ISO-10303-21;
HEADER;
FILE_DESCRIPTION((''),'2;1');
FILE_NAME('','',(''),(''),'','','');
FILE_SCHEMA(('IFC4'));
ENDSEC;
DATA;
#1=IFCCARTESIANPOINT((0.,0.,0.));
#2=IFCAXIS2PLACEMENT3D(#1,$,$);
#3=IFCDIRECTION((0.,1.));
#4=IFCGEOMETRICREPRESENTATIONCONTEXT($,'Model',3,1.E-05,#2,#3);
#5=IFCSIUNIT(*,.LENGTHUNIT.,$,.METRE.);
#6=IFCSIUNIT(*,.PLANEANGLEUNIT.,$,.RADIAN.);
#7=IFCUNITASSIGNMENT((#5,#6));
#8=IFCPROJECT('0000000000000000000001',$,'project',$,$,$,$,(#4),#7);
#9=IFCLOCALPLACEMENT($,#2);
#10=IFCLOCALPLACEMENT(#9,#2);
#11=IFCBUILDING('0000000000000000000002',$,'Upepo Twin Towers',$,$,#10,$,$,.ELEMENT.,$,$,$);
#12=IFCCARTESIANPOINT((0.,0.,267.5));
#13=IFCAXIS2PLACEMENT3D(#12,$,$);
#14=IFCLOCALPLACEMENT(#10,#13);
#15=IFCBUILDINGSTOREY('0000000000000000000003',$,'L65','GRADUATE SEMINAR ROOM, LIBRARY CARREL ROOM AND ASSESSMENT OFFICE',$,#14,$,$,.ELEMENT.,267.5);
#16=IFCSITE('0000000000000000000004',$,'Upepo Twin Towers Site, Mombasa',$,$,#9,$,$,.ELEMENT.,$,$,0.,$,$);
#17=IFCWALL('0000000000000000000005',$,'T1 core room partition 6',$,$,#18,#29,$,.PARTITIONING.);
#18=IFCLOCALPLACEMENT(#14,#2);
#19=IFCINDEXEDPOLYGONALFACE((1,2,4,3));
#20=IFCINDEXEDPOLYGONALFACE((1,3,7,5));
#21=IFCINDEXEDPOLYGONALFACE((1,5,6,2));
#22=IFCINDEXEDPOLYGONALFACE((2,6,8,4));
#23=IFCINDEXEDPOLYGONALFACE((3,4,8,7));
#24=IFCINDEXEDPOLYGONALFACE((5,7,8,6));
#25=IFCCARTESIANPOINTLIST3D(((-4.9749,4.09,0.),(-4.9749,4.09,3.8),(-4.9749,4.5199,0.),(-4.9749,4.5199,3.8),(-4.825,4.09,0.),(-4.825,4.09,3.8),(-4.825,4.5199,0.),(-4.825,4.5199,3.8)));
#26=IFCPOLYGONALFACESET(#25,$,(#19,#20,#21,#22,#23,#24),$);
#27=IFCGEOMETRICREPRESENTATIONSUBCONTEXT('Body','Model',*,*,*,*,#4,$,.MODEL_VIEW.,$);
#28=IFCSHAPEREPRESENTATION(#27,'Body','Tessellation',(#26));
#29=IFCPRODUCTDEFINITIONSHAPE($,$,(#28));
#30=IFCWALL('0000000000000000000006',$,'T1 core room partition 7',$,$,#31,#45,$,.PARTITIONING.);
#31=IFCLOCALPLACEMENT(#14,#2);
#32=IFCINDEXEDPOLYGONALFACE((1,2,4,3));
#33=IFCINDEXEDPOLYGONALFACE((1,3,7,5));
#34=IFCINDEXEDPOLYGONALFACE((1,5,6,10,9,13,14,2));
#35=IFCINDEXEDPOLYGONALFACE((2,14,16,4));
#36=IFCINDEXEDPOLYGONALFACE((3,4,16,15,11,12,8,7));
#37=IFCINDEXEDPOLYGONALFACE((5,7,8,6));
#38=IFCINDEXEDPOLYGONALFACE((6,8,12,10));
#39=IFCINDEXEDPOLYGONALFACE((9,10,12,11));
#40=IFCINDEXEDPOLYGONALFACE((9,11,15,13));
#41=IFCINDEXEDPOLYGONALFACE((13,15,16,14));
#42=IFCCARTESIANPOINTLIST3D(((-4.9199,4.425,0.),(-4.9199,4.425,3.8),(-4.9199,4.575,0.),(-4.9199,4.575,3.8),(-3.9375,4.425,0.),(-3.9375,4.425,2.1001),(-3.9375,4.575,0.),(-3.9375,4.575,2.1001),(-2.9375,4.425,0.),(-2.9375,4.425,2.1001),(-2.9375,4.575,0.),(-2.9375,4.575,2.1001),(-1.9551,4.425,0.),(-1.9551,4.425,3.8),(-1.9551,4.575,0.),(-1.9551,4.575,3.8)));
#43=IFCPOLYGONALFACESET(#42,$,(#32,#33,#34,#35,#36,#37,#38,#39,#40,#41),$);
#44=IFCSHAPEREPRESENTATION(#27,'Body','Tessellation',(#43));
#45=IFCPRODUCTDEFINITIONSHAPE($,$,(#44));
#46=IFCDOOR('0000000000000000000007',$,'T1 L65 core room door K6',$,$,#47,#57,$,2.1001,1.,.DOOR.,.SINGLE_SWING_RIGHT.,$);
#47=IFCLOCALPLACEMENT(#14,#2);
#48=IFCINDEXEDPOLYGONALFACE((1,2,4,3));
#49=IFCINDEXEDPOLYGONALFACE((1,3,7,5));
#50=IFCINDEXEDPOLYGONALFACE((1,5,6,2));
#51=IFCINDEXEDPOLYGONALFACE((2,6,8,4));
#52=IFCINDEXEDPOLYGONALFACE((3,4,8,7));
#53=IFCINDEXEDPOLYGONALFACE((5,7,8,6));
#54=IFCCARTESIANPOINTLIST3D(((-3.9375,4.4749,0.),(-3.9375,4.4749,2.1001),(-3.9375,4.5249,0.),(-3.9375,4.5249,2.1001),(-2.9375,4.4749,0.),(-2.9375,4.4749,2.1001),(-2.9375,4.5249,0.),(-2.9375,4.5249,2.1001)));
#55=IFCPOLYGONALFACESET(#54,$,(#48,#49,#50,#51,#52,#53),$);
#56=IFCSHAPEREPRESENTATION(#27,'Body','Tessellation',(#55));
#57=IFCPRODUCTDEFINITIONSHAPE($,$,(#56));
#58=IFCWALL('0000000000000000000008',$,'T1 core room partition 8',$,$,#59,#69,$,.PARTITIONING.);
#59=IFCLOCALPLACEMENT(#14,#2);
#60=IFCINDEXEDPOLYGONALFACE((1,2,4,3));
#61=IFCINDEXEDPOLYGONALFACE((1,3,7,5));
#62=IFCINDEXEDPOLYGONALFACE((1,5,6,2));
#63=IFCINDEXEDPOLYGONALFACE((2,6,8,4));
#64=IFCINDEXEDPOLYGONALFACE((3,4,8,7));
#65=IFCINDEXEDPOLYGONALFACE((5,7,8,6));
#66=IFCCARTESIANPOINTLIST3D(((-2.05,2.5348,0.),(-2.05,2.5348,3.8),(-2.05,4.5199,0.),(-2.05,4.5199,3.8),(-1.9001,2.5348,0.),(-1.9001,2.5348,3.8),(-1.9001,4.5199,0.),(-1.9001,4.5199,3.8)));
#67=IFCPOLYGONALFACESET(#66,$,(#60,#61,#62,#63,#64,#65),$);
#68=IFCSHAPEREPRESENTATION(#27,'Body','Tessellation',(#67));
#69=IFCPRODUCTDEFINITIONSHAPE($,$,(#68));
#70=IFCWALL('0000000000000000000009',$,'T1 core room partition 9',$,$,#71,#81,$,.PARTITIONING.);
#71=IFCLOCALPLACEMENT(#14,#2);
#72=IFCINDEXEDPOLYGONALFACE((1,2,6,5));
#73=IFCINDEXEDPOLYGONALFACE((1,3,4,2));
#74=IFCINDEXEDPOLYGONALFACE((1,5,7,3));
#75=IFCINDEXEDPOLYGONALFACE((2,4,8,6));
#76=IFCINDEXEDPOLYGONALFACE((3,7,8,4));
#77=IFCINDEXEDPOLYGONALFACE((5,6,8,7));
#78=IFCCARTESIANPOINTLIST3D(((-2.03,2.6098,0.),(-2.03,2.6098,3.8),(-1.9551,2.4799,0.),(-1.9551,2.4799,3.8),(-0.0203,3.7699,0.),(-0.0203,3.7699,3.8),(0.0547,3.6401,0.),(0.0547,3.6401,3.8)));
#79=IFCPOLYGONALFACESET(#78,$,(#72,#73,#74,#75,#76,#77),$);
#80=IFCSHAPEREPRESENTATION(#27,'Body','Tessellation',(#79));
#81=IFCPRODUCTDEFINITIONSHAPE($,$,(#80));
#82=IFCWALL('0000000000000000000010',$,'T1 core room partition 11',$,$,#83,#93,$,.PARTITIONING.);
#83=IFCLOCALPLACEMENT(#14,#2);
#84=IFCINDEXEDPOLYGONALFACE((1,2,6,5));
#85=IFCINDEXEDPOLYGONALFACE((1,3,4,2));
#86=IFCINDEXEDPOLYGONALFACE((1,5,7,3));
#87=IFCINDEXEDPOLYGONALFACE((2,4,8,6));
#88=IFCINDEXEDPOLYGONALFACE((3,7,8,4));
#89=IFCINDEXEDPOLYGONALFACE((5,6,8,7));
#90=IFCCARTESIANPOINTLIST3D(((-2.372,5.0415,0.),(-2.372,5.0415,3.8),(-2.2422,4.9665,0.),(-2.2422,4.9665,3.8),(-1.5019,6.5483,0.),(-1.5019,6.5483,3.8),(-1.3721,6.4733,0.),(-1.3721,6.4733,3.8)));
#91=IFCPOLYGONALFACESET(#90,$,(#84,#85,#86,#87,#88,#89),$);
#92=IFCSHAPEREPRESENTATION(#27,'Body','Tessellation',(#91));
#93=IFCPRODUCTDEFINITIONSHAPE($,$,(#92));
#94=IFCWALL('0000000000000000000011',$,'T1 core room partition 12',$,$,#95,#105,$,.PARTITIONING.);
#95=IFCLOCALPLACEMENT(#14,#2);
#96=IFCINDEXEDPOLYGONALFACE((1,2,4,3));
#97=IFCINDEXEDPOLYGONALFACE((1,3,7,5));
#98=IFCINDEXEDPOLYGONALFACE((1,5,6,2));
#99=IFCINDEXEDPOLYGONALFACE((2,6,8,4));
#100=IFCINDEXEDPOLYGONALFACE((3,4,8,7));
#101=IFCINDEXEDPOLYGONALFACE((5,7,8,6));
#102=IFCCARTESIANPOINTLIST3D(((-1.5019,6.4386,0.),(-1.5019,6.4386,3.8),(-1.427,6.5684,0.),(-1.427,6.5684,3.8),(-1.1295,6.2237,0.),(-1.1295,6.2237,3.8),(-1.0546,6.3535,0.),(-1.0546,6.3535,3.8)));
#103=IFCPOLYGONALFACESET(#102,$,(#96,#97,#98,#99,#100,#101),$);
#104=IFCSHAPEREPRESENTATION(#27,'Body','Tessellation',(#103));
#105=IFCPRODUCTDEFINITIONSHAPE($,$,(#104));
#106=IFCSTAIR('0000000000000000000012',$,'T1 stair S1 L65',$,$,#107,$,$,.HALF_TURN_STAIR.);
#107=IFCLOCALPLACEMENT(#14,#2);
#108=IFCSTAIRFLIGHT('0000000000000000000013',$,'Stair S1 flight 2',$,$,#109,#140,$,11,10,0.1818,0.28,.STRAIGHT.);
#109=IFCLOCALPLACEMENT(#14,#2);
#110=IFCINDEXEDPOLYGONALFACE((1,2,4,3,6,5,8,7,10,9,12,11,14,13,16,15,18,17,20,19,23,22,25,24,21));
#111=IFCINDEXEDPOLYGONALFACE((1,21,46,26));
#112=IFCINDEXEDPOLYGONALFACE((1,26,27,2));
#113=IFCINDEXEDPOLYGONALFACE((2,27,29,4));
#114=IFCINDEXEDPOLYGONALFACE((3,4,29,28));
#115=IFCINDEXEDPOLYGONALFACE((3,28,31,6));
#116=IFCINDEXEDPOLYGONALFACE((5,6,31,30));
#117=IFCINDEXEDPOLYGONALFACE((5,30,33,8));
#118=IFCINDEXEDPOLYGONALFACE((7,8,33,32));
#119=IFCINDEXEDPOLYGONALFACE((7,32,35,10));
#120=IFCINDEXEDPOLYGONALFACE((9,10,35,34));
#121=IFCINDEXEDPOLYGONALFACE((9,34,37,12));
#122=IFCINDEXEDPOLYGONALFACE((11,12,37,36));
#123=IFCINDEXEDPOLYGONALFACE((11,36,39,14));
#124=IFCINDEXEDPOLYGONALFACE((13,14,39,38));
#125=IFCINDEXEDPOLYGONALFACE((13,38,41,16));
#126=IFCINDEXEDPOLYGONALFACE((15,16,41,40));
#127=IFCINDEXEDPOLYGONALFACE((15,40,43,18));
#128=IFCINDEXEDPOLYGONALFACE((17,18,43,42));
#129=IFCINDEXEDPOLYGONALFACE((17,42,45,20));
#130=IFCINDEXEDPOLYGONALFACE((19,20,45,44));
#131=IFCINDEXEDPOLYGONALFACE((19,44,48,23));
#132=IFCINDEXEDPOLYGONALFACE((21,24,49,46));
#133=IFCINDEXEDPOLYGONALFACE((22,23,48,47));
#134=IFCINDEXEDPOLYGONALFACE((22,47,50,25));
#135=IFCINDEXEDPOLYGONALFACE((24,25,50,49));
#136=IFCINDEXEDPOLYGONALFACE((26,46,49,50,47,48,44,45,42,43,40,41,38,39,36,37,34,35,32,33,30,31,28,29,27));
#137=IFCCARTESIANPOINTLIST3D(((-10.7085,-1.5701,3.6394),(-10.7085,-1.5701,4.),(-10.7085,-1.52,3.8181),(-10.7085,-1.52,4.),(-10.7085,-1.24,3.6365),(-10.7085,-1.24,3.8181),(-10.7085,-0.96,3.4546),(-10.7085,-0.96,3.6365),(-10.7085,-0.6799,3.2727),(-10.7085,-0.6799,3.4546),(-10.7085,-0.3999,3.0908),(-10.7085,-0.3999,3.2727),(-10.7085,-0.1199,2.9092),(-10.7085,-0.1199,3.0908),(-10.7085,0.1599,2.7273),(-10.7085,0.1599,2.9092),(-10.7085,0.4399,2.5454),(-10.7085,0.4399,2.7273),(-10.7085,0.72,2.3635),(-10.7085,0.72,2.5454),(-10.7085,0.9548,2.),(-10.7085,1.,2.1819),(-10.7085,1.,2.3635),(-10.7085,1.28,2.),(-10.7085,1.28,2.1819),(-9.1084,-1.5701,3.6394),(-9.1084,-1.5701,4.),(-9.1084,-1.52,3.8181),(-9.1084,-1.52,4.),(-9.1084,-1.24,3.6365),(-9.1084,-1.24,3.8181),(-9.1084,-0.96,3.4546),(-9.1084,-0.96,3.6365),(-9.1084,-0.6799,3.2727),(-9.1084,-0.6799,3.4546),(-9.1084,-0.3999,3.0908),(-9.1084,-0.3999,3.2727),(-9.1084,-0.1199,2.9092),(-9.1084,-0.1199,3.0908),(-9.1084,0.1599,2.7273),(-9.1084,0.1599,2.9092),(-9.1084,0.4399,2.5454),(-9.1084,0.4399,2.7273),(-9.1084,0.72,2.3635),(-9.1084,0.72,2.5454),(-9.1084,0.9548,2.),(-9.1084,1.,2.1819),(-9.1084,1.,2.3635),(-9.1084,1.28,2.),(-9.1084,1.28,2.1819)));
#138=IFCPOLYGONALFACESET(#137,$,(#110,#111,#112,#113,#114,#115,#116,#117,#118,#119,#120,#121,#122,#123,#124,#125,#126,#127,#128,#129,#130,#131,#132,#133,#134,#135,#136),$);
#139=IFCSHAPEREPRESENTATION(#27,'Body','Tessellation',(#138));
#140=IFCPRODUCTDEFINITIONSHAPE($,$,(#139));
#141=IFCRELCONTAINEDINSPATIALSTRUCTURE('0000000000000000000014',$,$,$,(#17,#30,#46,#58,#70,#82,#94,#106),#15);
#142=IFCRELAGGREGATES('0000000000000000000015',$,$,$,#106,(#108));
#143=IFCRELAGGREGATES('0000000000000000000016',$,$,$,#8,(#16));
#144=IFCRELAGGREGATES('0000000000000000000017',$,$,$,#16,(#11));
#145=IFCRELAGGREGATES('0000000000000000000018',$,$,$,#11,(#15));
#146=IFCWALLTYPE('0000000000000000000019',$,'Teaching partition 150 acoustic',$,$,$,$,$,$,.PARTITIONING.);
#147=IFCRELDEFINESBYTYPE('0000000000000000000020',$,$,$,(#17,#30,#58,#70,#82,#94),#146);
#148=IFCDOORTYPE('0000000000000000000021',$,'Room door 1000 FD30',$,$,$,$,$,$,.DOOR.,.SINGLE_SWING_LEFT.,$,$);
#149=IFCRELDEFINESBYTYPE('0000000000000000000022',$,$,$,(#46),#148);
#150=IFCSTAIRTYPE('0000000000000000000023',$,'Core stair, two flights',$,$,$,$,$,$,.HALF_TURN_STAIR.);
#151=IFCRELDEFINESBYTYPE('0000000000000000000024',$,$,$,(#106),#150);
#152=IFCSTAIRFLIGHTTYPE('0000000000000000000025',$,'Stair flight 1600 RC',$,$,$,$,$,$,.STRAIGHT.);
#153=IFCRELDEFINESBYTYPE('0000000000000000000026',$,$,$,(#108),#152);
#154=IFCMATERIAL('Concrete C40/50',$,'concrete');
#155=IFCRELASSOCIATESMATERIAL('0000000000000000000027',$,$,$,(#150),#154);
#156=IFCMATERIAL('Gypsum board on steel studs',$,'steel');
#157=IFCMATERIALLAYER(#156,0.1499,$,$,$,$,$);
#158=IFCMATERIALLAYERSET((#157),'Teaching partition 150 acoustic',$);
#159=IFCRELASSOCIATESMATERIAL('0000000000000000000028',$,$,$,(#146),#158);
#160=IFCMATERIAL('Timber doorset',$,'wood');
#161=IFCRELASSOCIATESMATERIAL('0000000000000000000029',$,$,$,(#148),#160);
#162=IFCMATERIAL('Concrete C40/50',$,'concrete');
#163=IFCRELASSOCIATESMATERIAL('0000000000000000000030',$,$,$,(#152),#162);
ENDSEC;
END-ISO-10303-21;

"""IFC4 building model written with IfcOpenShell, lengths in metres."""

from ifc_helpers import new_model, si_unit, direction, frame, frame_2d, origin, place, context, subcontext, project, spatial, polyline, rectangle, outline, extrude, material, layer, layer_set, type_object, element, fill, aggregate, save


model = new_model("IFC4")

# Units and contexts
model_context = context("Model", 3, precision=1e-05, world=origin(), true_north=direction((0.0, 1.0)))
body_context = subcontext(model_context, "Body", "Model", "MODEL_VIEW")
ifc_project = project(units=[si_unit("LENGTHUNIT", "METRE"), si_unit("PLANEANGLEUNIT", "RADIAN")], contexts=[model_context])

# Site, building, storey
site_placement = place(None, origin())
site = spatial("IfcSite", under=ifc_project, at=site_placement, Name="Upepo Twin Towers Site, Mombasa", CompositionType="ELEMENT", RefElevation=0.0)
building_placement = place(site_placement, origin())
building = spatial("IfcBuilding", under=site, at=building_placement, Name="Upepo Twin Towers", CompositionType="ELEMENT")
storey_placement = place(building_placement, frame((0.0, 0.0, 267.5)))
storey = spatial("IfcBuildingStorey", under=building, at=storey_placement, Name="L65", Description="GRADUATE SEMINAR ROOM, LIBRARY CARREL ROOM AND ASSESSMENT OFFICE", CompositionType="ELEMENT", Elevation=267.5)

# Shared definitions
ifc_material_1 = material(Name="Concrete C40/50", Category="concrete")
stair_type = type_object("IfcStairType", Name="Core stair, two flights", PredefinedType="HALF_TURN_STAIR", material=ifc_material_1)

# Wall
ifc_material_2 = material(Name="Gypsum board on steel studs", Category="steel")
ifc_layer_1 = layer(ifc_material_2, 0.1499)
ifc_layer_set_1 = layer_set([ifc_layer_1], Name="Teaching partition 150 acoustic")
wall_type_1 = type_object("IfcWallType", Name="Teaching partition 150 acoustic", PredefinedType="PARTITIONING", material=ifc_layer_set_1)
wall_1_placement = place(storey_placement, frame((-4.8999, 4.0901, 0.0), z_axis=(0.0, 0.0, 1.0), x_axis=(0.0, 1.0, 0.0)))
element("IfcWall", 1, at=wall_1_placement, inside=storey, type_object=wall_type_1, Name="T1 core room partition 6", PredefinedType="PARTITIONING", context=body_context, shape_type="SweptSolid", body=[
    extrude(rectangle(XDim=0.4299, YDim=0.1499, at=frame_2d((0.2148, 0.0))), origin(), (0.0, 0.0, 1.0), 3.8),
])

# Wall, opening, door
wall_2_placement = place(storey_placement, frame((-4.9199, 4.5, 0.0), z_axis=(0.0, 0.0, 1.0), x_axis=(1.0, 0.0, 0.0)))
wall_2 = element("IfcWall", 2, at=wall_2_placement, inside=storey, type_object=wall_type_1, Name="T1 core room partition 7", PredefinedType="PARTITIONING", context=body_context, shape_type="SweptSolid", body=[
    extrude(rectangle(XDim=2.9648, YDim=0.1499, at=frame_2d((1.4824, 0.0))), origin(), (0.0, 0.0, 1.0), 3.8),
])
opening_1_placement = place(wall_2_placement, frame((0.9824, 0.0, 0.0)))
opening_1 = element("IfcOpeningElement", 3, at=opening_1_placement, cuts=wall_2, PredefinedType="OPENING", context=body_context, shape_type="SweptSolid", body=[
    extrude(rectangle(XDim=1.0, YDim=2.1001, at=frame_2d((0.5, 1.05))), frame((0.0, 0.085, 0.0), z_axis=(0.0, -1.0, 0.0), x_axis=(1.0, 0.0, 0.0)), (0.0, 0.0, 1.0), 0.1699),
])
ifc_material_3 = material(Name="Timber doorset", Category="wood")
door_type_1 = type_object("IfcDoorType", Name="Room door 1000 FD30", OperationType="SINGLE_SWING_LEFT", PredefinedType="DOOR", material=ifc_material_3)
door_1_placement = place(opening_1_placement, origin())
door_1 = element("IfcDoor", 4, at=door_1_placement, inside=storey, type_object=door_type_1, Name="T1 L65 core room door K6", OperationType="SINGLE_SWING_RIGHT", OverallHeight=2.1001, OverallWidth=1.0, PredefinedType="DOOR", context=body_context, shape_type="SweptSolid", body=[
    extrude(rectangle(XDim=1.0, YDim=2.1001, at=frame_2d((0.5, 1.05))), frame((0.0, 0.0249, 0.0), z_axis=(0.0, -1.0, 0.0), x_axis=(1.0, 0.0, 0.0)), (0.0, 0.0, 1.0), 0.05),
])
fill(opening_1, door_1)

# Walls
wall_3_placement = place(storey_placement, frame((-1.9751, 4.52, 0.0), z_axis=(0.0, 0.0, 1.0), x_axis=(0.0, -1.0, 0.0)))
element("IfcWall", 5, at=wall_3_placement, inside=storey, type_object=wall_type_1, Name="T1 core room partition 8", PredefinedType="PARTITIONING", context=body_context, shape_type="SweptSolid", body=[
    extrude(rectangle(XDim=1.9851, YDim=0.1499, at=frame_2d((0.9927, 0.0))), origin(), (0.0, 0.0, 1.0), 3.8),
])
wall_4_placement = place(storey_placement, frame((-1.9924, 2.5449, 0.0), z_axis=(0.0, 0.0, 1.0), x_axis=(0.866059, 0.499941, 0.0)))
element("IfcWall", 6, at=wall_4_placement, inside=storey, type_object=wall_type_1, Name="T1 core room partition 9", PredefinedType="PARTITIONING", context=body_context, shape_type="SweptSolid", body=[
    extrude(rectangle(XDim=2.3206, YDim=0.1499, at=frame_2d((1.1602, 0.0))), origin(), (0.0, 0.0, 1.0), 3.8),
])
wall_5_placement = place(storey_placement, frame((-2.3071, 5.0039, 0.0), z_axis=(0.0, 0.0, 1.0), x_axis=(0.500063, 0.865989, 0.0)))
element("IfcWall", 7, at=wall_5_placement, inside=storey, type_object=wall_type_1, Name="T1 core room partition 11", PredefinedType="PARTITIONING", context=body_context, shape_type="SweptSolid", body=[
    extrude(rectangle(XDim=1.74, YDim=0.1499, at=frame_2d((0.8701, 0.0))), origin(), (0.0, 0.0, 1.0), 3.8),
])
wall_6_placement = place(storey_placement, frame((-1.4644, 6.5034, 0.0), z_axis=(0.0, 0.0, 1.0), x_axis=(0.866138, -0.499804, 0.0)))
element("IfcWall", 8, at=wall_6_placement, inside=storey, type_object=wall_type_1, Name="T1 core room partition 12", PredefinedType="PARTITIONING", context=body_context, shape_type="SweptSolid", body=[
    extrude(rectangle(XDim=0.4299, YDim=0.1499, at=frame_2d((0.2148, 0.0))), origin(), (0.0, 0.0, 1.0), 3.8),
])

# Stair, stair flight
stair_1_placement = place(storey_placement, origin())
stair_1 = element("IfcStair", 9, at=stair_1_placement, inside=storey, type_object=stair_type, Name="T1 stair S1 L65", PredefinedType="HALF_TURN_STAIR")
ifc_material_4 = material(Name="Concrete C40/50", Category="concrete")
stair_flight_type = type_object("IfcStairFlightType", Name="Stair flight 1600 RC", PredefinedType="STRAIGHT", material=ifc_material_4)
stair_flight_placement = place(storey_placement, frame((-9.9084, 1.28, 2.0), z_axis=(0.0, 0.0, 1.0), x_axis=(0.0, -1.0, 0.0)))
stair_flight = element("IfcStairFlight", 10, at=stair_flight_placement, type_object=stair_flight_type, Name="Stair S1 flight 2", NumberOfRisers=11, NumberOfTreads=10, PredefinedType="STRAIGHT", RiserHeight=0.1818, TreadLength=0.28, context=body_context, shape_type="SweptSolid", body=[
    extrude(outline(polyline([(0.0, 0.0), (0.0, 0.1819), (0.28, 0.1819), (0.28, 0.3635), (0.5601, 0.3635), (0.5601, 0.5454), (0.8401, 0.5454), (0.8401, 0.7273), (1.1201, 0.7273), (1.1201, 0.9092), (1.3999, 0.9092), (1.3999, 1.0908), (1.6799, 1.0908), (1.6799, 1.2727), (1.96, 1.2727), (1.96, 1.4546), (2.24, 1.4546), (2.24, 1.6365), (2.52, 1.6365), (2.52, 1.8181), (2.8, 1.8181), (2.8, 2.0), (2.8501, 2.0), (2.8501, 1.6394), (0.3252, 0.0), (0.0, 0.0)])), frame((0.0, 0.8, 0.0), z_axis=(0.0, -1.0, 0.0), x_axis=(1.0, 0.0, 0.0)), (0.0, 0.0, 1.0), 1.6001),
])
aggregate(stair_1, [stair_flight])

save(model, "model.ifc")
